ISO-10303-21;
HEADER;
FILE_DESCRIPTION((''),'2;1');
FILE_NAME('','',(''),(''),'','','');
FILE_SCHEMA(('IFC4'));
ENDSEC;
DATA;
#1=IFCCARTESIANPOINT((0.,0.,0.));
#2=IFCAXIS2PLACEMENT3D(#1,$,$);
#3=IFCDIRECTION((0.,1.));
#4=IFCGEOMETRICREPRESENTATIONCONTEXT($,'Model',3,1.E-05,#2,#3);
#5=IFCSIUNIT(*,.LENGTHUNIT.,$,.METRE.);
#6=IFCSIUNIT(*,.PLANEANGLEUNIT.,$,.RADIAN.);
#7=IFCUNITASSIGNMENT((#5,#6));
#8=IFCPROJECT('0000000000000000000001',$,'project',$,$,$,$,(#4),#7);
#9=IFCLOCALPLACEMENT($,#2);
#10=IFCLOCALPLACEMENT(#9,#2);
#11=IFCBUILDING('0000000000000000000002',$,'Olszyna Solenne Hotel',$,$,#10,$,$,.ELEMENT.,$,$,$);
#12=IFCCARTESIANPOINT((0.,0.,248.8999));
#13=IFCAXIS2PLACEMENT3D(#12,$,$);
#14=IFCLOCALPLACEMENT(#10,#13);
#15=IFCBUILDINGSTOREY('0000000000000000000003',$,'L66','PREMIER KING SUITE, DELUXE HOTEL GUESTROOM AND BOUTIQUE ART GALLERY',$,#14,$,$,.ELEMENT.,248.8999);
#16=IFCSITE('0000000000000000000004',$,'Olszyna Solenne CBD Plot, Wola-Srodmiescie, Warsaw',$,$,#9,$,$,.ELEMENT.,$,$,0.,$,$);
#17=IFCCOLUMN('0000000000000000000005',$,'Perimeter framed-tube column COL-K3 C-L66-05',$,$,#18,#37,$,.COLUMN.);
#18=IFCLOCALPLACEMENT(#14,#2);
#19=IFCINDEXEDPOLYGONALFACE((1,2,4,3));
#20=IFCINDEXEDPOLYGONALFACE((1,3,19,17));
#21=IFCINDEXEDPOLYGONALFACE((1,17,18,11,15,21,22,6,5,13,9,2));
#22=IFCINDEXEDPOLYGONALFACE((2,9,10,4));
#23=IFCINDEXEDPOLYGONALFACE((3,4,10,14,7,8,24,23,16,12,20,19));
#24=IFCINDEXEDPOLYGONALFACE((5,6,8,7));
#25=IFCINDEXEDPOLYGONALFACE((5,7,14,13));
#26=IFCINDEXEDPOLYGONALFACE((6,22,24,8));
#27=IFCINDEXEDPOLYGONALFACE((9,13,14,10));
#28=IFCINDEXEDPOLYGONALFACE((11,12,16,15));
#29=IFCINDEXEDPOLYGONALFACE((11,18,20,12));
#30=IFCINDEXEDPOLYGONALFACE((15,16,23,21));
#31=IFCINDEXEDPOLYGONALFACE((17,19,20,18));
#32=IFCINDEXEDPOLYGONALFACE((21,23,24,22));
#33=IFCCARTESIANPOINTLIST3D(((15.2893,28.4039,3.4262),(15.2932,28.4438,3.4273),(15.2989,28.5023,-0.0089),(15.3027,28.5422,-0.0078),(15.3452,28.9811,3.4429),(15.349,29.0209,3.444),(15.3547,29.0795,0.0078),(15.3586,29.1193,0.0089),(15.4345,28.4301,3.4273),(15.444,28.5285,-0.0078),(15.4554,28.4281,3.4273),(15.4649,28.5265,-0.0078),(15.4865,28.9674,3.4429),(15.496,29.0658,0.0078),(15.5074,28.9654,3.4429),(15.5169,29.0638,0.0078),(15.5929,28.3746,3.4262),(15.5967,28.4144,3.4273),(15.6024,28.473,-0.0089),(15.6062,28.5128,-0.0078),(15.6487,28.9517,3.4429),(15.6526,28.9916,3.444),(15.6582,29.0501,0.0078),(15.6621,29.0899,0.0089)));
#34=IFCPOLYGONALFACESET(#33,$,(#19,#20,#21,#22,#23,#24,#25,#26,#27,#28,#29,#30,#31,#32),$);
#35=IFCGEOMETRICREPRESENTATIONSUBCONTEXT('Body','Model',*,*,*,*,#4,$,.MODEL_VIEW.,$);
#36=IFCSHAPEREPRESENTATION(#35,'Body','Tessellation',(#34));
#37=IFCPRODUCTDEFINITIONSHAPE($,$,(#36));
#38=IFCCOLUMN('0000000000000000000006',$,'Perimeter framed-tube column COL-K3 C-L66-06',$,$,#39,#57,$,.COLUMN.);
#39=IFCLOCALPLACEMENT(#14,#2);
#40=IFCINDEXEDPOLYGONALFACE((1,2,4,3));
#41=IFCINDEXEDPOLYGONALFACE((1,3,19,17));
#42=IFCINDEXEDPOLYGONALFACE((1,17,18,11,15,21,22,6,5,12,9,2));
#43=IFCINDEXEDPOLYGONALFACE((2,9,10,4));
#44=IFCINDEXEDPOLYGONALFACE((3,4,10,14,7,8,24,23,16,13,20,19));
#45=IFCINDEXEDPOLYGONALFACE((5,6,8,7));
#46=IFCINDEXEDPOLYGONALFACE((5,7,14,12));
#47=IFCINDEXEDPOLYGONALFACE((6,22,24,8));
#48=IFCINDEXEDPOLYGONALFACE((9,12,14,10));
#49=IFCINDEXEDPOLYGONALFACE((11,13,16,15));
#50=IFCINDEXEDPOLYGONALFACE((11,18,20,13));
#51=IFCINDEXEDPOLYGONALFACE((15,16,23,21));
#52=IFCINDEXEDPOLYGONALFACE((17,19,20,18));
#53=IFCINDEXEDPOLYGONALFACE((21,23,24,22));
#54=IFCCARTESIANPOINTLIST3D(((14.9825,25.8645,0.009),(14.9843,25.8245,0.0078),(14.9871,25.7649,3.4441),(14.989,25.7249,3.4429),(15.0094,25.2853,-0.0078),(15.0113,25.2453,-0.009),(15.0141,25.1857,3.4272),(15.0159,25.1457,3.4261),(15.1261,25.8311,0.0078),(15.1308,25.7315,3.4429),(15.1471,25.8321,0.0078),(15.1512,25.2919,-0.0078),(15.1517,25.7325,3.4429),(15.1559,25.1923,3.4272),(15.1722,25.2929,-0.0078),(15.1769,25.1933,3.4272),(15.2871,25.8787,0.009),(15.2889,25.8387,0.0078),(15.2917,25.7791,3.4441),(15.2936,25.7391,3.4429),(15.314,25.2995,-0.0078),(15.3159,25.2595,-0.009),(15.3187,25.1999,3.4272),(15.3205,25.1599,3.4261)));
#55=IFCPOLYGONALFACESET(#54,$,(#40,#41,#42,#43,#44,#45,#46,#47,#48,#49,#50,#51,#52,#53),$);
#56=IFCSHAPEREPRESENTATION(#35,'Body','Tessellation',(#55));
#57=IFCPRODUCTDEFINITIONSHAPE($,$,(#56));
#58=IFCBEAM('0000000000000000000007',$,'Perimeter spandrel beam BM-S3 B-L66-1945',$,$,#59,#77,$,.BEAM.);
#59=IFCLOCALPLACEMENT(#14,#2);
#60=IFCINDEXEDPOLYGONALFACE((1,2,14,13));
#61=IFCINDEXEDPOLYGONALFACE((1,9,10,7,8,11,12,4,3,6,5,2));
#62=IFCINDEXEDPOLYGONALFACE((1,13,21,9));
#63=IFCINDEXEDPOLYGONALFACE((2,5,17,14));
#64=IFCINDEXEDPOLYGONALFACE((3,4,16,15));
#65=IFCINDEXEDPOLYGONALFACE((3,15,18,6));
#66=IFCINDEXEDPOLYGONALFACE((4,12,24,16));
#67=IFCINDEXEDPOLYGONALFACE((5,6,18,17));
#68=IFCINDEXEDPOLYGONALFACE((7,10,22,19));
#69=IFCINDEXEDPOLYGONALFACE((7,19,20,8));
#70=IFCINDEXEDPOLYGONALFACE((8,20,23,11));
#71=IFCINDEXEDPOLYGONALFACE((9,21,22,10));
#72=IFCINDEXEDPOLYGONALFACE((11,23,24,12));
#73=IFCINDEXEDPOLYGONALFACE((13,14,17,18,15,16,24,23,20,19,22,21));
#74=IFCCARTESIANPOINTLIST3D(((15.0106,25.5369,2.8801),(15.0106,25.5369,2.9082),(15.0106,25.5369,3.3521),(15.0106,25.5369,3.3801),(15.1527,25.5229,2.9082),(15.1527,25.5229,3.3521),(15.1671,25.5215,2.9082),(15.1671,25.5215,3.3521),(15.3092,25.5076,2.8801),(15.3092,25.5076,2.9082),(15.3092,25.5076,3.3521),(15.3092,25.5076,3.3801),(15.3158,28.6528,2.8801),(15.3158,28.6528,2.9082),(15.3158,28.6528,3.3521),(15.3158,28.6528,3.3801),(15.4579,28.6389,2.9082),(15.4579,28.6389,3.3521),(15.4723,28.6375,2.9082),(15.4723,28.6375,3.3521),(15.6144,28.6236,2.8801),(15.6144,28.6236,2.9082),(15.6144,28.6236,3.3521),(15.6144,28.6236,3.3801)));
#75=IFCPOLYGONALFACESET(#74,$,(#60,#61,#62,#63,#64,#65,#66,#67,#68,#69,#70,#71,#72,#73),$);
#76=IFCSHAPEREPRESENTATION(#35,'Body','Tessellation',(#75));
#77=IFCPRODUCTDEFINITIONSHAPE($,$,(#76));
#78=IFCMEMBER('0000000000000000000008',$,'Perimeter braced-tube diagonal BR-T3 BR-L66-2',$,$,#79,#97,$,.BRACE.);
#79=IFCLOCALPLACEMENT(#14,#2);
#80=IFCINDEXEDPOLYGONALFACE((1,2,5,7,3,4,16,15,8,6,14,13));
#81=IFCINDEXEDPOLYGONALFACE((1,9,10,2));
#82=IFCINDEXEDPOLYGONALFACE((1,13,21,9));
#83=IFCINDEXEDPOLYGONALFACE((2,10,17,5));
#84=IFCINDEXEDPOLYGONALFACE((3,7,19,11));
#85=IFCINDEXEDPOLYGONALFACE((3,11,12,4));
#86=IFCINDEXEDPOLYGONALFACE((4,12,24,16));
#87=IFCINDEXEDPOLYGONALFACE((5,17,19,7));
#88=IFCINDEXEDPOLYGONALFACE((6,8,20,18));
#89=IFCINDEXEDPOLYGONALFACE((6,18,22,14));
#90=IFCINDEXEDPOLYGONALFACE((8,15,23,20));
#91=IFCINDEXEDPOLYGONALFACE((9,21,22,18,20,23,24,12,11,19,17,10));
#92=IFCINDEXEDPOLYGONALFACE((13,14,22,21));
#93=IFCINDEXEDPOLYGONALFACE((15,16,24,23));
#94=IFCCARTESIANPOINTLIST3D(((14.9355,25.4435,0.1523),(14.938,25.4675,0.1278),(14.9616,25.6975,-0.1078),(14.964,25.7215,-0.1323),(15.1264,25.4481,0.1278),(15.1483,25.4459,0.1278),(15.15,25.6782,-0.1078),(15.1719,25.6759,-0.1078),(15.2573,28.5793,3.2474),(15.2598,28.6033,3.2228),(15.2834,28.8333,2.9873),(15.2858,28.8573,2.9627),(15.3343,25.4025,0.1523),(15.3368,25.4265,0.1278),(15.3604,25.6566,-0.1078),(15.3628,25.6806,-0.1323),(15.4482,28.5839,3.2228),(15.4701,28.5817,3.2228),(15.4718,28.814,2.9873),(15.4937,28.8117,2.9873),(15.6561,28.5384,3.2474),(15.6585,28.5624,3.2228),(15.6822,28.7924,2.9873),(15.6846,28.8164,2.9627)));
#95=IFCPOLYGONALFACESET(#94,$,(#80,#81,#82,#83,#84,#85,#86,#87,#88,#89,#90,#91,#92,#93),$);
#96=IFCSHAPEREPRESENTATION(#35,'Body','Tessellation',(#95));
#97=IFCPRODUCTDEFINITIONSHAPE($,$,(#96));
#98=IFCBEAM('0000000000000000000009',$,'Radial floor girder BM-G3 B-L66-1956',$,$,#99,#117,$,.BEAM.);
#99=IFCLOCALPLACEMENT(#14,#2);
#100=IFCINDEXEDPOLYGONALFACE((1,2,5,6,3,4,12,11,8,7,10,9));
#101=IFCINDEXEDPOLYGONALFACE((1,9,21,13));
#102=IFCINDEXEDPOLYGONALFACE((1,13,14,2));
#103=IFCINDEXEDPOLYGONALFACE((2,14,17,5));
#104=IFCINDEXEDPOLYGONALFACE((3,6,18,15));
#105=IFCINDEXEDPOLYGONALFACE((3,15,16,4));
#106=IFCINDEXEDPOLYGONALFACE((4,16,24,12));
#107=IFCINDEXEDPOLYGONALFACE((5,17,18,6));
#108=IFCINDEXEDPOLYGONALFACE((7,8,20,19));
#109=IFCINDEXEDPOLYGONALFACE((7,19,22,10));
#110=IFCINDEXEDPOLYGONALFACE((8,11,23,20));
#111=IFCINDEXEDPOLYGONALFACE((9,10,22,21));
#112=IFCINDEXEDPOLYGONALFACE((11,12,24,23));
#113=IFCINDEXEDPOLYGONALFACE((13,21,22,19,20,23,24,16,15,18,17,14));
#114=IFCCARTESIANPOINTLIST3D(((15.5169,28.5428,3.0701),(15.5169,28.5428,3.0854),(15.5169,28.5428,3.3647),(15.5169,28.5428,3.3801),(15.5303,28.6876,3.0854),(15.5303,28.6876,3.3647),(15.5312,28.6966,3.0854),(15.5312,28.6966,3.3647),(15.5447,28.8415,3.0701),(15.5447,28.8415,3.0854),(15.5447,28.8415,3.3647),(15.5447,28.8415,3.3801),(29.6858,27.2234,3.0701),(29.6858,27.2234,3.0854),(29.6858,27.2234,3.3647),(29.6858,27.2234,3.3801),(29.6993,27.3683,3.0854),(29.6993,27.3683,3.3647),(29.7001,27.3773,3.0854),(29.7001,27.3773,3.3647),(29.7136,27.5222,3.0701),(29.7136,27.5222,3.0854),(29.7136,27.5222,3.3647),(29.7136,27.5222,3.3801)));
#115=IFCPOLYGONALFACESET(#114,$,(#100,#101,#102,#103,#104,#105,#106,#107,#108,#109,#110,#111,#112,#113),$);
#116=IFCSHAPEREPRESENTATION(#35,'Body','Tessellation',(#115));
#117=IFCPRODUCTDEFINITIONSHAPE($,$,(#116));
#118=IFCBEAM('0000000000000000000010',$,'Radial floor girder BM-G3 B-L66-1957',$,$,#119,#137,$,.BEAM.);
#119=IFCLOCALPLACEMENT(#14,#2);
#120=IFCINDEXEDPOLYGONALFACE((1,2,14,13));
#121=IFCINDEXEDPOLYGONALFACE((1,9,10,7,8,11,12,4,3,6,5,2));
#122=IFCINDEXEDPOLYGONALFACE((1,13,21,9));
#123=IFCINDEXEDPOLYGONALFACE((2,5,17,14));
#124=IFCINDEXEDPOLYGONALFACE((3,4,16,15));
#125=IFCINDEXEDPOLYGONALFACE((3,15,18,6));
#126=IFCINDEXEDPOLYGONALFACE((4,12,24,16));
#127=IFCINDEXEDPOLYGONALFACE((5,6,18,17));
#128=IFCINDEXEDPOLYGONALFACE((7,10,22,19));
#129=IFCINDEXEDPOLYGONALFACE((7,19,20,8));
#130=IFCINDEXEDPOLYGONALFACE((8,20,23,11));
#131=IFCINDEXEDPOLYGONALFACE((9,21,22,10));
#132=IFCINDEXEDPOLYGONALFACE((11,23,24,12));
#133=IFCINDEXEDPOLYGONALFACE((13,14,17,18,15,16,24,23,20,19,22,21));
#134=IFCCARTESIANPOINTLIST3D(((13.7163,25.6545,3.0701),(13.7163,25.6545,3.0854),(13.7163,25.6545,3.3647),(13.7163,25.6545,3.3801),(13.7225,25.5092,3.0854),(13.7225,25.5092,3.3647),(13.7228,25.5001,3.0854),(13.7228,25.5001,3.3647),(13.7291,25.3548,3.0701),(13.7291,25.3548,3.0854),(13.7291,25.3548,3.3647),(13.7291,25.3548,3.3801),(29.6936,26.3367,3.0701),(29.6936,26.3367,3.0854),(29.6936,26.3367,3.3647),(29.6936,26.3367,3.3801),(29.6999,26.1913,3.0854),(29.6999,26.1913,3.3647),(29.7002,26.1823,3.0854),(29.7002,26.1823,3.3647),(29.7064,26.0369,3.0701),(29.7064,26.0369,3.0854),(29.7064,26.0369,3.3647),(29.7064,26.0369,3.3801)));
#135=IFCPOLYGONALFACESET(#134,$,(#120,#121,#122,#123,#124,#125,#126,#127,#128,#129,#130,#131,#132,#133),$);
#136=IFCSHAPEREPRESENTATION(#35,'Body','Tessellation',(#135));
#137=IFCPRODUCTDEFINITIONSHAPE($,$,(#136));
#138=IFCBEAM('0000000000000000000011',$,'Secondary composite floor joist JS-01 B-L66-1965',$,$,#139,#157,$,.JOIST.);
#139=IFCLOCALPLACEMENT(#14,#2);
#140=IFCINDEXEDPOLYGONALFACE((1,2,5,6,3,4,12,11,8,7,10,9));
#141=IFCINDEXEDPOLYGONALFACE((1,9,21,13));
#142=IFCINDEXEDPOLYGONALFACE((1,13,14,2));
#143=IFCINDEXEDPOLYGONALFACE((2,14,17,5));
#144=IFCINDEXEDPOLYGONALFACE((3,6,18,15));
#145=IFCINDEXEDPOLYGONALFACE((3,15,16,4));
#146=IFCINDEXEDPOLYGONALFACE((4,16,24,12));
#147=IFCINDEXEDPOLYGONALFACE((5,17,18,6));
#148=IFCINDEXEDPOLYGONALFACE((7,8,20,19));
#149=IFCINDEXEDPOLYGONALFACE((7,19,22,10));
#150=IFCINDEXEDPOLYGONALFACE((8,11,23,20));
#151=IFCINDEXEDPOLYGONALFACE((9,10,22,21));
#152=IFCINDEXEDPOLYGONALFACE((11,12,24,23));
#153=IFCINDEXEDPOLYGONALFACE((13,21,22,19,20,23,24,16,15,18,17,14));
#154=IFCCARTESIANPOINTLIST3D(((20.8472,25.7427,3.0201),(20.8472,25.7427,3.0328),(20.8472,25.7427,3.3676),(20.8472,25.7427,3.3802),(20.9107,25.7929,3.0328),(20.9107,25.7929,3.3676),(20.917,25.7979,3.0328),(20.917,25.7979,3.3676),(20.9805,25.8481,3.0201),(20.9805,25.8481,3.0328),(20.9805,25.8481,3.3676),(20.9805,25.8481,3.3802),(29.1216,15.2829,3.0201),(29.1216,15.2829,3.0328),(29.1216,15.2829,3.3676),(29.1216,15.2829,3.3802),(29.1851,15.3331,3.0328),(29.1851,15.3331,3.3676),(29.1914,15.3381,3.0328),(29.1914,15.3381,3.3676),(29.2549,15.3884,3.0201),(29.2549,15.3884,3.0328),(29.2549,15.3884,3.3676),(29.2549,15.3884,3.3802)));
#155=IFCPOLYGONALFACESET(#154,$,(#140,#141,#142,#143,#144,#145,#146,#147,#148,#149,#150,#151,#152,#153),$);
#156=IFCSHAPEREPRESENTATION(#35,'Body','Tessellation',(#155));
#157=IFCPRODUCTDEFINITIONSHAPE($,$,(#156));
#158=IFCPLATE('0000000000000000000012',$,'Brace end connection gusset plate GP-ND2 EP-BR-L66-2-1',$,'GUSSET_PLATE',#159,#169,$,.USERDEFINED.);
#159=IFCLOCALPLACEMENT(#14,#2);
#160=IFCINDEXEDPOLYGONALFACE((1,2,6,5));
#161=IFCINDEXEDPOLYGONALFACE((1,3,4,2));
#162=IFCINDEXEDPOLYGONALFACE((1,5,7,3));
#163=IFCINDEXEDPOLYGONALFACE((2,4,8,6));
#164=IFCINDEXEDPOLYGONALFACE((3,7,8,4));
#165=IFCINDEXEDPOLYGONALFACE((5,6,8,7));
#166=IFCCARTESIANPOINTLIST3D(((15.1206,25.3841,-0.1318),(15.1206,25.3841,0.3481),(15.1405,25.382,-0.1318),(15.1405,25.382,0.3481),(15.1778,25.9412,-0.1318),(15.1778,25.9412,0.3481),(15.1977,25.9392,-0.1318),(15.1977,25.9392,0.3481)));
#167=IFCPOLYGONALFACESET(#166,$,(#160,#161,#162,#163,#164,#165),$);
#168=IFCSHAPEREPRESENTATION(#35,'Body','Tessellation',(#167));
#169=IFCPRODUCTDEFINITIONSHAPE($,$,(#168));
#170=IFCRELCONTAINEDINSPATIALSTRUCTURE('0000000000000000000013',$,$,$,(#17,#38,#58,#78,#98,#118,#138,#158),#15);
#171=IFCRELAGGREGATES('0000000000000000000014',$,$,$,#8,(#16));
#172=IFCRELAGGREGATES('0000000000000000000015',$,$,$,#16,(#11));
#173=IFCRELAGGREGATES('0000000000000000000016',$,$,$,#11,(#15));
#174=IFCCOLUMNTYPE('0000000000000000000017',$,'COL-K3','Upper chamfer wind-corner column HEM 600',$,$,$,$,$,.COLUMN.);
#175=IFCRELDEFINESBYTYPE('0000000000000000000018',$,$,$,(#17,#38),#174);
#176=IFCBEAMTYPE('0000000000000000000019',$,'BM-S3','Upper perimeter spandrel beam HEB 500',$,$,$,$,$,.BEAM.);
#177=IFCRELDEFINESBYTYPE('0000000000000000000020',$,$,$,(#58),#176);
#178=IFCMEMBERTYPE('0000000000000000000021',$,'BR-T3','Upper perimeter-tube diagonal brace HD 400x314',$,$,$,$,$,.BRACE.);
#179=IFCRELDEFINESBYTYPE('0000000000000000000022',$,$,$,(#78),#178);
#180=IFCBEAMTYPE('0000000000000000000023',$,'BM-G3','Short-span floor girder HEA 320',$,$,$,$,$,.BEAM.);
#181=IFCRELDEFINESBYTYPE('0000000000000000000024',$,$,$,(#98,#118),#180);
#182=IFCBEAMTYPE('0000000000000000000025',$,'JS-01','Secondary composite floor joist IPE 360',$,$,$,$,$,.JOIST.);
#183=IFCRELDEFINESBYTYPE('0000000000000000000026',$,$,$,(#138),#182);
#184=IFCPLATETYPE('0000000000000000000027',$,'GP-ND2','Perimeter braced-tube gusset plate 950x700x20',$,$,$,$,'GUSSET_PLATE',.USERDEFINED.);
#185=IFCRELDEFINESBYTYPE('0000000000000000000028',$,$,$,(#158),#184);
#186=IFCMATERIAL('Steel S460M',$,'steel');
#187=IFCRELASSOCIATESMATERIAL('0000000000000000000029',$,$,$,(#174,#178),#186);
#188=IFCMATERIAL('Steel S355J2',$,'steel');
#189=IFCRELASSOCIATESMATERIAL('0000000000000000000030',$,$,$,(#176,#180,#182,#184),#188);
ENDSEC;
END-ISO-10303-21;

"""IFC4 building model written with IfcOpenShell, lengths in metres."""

from ifc_helpers import new_model, si_unit, direction, frame, origin, origin_2d, place, context, subcontext, project, spatial, rectangle, i_section, extrude, source, transform, mapped, material, material_profile, profile_set, type_object, element, save


model = new_model("IFC4")

# Units and contexts
model_context = context("Model", 3, precision=1e-05, world=origin(), true_north=direction((0.0, 1.0)))
body_context = subcontext(model_context, "Body", "Model", "MODEL_VIEW")
ifc_project = project(units=[si_unit("LENGTHUNIT", "METRE"), si_unit("PLANEANGLEUNIT", "RADIAN")], contexts=[model_context])

# Site, building, storey
site_placement = place(None, origin())
site = spatial("IfcSite", under=ifc_project, at=site_placement, Name="Olszyna Solenne CBD Plot, Wola-Srodmiescie, Warsaw", CompositionType="ELEMENT", RefElevation=0.0)
building_placement = place(site_placement, origin())
building = spatial("IfcBuilding", under=site, at=building_placement, Name="Olszyna Solenne Hotel", CompositionType="ELEMENT")
storey_placement = place(building_placement, frame((0.0, 0.0, 248.8999)))
storey = spatial("IfcBuildingStorey", under=building, at=storey_placement, Name="L66", Description="PREMIER KING SUITE, DELUXE HOTEL GUESTROOM AND BOUTIQUE ART GALLERY", CompositionType="ELEMENT", Elevation=248.8999)

# Columns
ifc_material_1 = material(Name="Steel S460M", Category="steel")
ifc_material_profile_1 = material_profile(ifc_material_1, i_section(OverallWidth=0.3049, OverallDepth=0.6201, WebThickness=0.021, FlangeThickness=0.04, at=origin_2d()), Name="HEM 600", Category="load-bearing")
ifc_profile_set_1 = profile_set([ifc_material_profile_1], Name="Steel S460M")
column_type = type_object("IfcColumnType", Name="COL-K3", Description="Upper chamfer wind-corner column HEM 600", PredefinedType="COLUMN", material=ifc_profile_set_1)
shared_shape_1 = source(origin(), body_context, "Body", "SweptSolid", [
    extrude(i_section(OverallWidth=0.3049, OverallDepth=0.6201, WebThickness=0.021, FlangeThickness=0.04, at=origin_2d()), origin(), (0.0, 0.0, 1.0), 3.4365),
])
for number, where, z_axis, x_axis, name in (
    (1, (15.4805, 28.7961, 0.0), (-0.002771, -0.028631, 0.999586), (0.99535, -0.096324, 0.0), "Perimeter framed-tube column COL-K3 C-L66-05"),
    (2, (15.1492, 25.562, 0.0), (0.00135, -0.028986, 0.999579), (0.998917, 0.046518, 0.0), "Perimeter framed-tube column COL-K3 C-L66-06"),
):
    element("IfcColumn", number, at=place(storey_placement, frame(where, z_axis=z_axis, x_axis=x_axis)), inside=storey, type_object=column_type, Name=name, PredefinedType="COLUMN", context=body_context, shape_type="MappedRepresentation", body=[
        mapped(shared_shape_1, transform((0.0, 0.0, 0.0), x_axis=(1.0, 0.0, 0.0), y_axis=(0.0, 1.0, 0.0), z_axis=(0.0, 0.0, 1.0), scale=1.0)),
    ])

# Beam
ifc_material_2 = material(Name="Steel S355J2", Category="steel")
ifc_material_profile_2 = material_profile(ifc_material_2, i_section(OverallWidth=0.3, OverallDepth=0.5, WebThickness=0.0144, FlangeThickness=0.0281, at=origin_2d()), Name="HEB 500", Category="load-bearing")
ifc_profile_set_2 = profile_set([ifc_material_profile_2], Name="Steel S355J2")
beam_type_1 = type_object("IfcBeamType", Name="BM-S3", Description="Upper perimeter spandrel beam HEB 500", PredefinedType="BEAM", material=ifc_profile_set_2)
shared_shape_2 = source(origin(), body_context, "Body", "SweptSolid", [
    extrude(i_section(OverallWidth=0.3, OverallDepth=0.5, WebThickness=0.0144, FlangeThickness=0.0281, at=origin_2d()), origin(), (0.0, 0.0, 1.0), 3.1309),
])
beam_1_placement = place(storey_placement, frame((15.4651, 28.6382, 3.1301), z_axis=(-0.097473, -0.995238, 0.0), x_axis=(0.995238, -0.097473, 0.0)))
element("IfcBeam", 3, at=beam_1_placement, inside=storey, type_object=beam_type_1, Name="Perimeter spandrel beam BM-S3 B-L66-1945", PredefinedType="BEAM", context=body_context, shape_type="MappedRepresentation", body=[
    mapped(shared_shape_2, transform((0.0, 0.0, 0.0), x_axis=(1.0, 0.0, 0.0), y_axis=(0.0, 1.0, 0.0), z_axis=(0.0, 0.0, 1.0), scale=1.0)),
])

# Member
ifc_material_profile_3 = material_profile(ifc_material_1, i_section(OverallWidth=0.4009, OverallDepth=0.3989, WebThickness=0.022, FlangeThickness=0.0344, at=origin_2d()), Name="HD 400x314", Category="load-bearing")
ifc_profile_set_3 = profile_set([ifc_material_profile_3], Name="Steel S460M")
member_type = type_object("IfcMemberType", Name="BR-T3", Description="Upper perimeter-tube diagonal brace HD 400x314", PredefinedType="BRACE", material=ifc_profile_set_3)
shared_shape_3 = source(origin(), body_context, "Body", "SweptSolid", [
    extrude(i_section(OverallWidth=0.4009, OverallDepth=0.3989, WebThickness=0.022, FlangeThickness=0.0344, at=origin_2d()), origin(), (0.0, 0.0, 1.0), 4.4177),
])
member_placement = place(storey_placement, frame((15.1492, 25.562, 0.01), z_axis=(0.07284, 0.709828, 0.700599), x_axis=(-0.994776, 0.10208, 0.0)))
element("IfcMember", 4, at=member_placement, inside=storey, type_object=member_type, Name="Perimeter braced-tube diagonal BR-T3 BR-L66-2", PredefinedType="BRACE", context=body_context, shape_type="MappedRepresentation", body=[
    mapped(shared_shape_3, transform((0.0, 0.0, 0.0), x_axis=(1.0, 0.0, 0.0), y_axis=(0.0, 1.0, 0.0), z_axis=(0.0, 0.0, 1.0), scale=1.0)),
])

# Beams
ifc_material_profile_4 = material_profile(ifc_material_2, i_section(OverallWidth=0.3, OverallDepth=0.3101, WebThickness=0.009, FlangeThickness=0.0154, at=origin_2d()), Name="HEA 320", Category="load-bearing")
ifc_profile_set_4 = profile_set([ifc_material_profile_4], Name="Steel S355J2")
beam_type_2 = type_object("IfcBeamType", Name="BM-G3", Description="Short-span floor girder HEA 320", PredefinedType="BEAM", material=ifc_profile_set_4)
shared_shape_4 = source(origin(), body_context, "Body", "SweptSolid", [
    extrude(i_section(OverallWidth=0.3, OverallDepth=0.3101, WebThickness=0.009, FlangeThickness=0.0154, at=origin_2d()), origin(), (0.0, 0.0, 1.0), 14.2302),
])
beam_2_placement = place(storey_placement, frame((15.5308, 28.6921, 3.2251), z_axis=(0.995693, -0.092714, 0.0), x_axis=(0.092714, 0.995693, 0.0)))
element("IfcBeam", 5, at=beam_2_placement, inside=storey, type_object=beam_type_2, Name="Radial floor girder BM-G3 B-L66-1956", PredefinedType="BEAM", context=body_context, shape_type="MappedRepresentation", body=[
    mapped(shared_shape_4, transform((0.0, 0.0, 0.0), x_axis=(1.0, 0.0, 0.0), y_axis=(0.0, 1.0, 0.0), z_axis=(0.0, 0.0, 1.0), scale=1.0)),
])
shared_shape_5 = source(origin(), body_context, "Body", "SweptSolid", [
    extrude(i_section(OverallWidth=0.3, OverallDepth=0.3101, WebThickness=0.009, FlangeThickness=0.0154, at=origin_2d()), origin(), (0.0, 0.0, 1.0), 15.9919),
])
beam_3_placement = place(storey_placement, frame((13.7227, 25.5046, 3.2251), z_axis=(0.99909, 0.042655, 0.0), x_axis=(-0.042655, 0.99909, 0.0)))
element("IfcBeam", 6, at=beam_3_placement, inside=storey, type_object=beam_type_2, Name="Radial floor girder BM-G3 B-L66-1957", PredefinedType="BEAM", context=body_context, shape_type="MappedRepresentation", body=[
    mapped(shared_shape_5, transform((0.0, 0.0, 0.0), x_axis=(1.0, 0.0, 0.0), y_axis=(0.0, 1.0, 0.0), z_axis=(0.0, 0.0, 1.0), scale=1.0)),
])
ifc_material_profile_5 = material_profile(ifc_material_2, i_section(OverallWidth=0.1699, OverallDepth=0.3601, WebThickness=0.0081, FlangeThickness=0.0127, at=origin_2d()), Name="IPE 360", Category="load-bearing")
ifc_profile_set_5 = profile_set([ifc_material_profile_5], Name="Steel S355J2")
beam_type_3 = type_object("IfcBeamType", Name="JS-01", Description="Secondary composite floor joist IPE 360", PredefinedType="JOIST", material=ifc_profile_set_5)
shared_shape_6 = source(origin(), body_context, "Body", "SweptSolid", [
    extrude(i_section(OverallWidth=0.1699, OverallDepth=0.3601, WebThickness=0.0081, FlangeThickness=0.0127, at=origin_2d()), origin(), (0.0, 0.0, 1.0), 13.3369),
])
beam_4_placement = place(storey_placement, frame((20.9138, 25.7954, 3.2002), z_axis=(0.620417, -0.784272, 0.0), x_axis=(0.784272, 0.620417, 0.0)))
element("IfcBeam", 7, at=beam_4_placement, inside=storey, type_object=beam_type_3, Name="Secondary composite floor joist JS-01 B-L66-1965", PredefinedType="JOIST", context=body_context, shape_type="MappedRepresentation", body=[
    mapped(shared_shape_6, transform((0.0, 0.0, 0.0), x_axis=(1.0, 0.0, 0.0), y_axis=(0.0, 1.0, 0.0), z_axis=(0.0, 0.0, 1.0), scale=1.0)),
])

# Plate
plate_type = type_object("IfcPlateType", Name="GP-ND2", Description="Perimeter braced-tube gusset plate 950x700x20", ElementType="GUSSET_PLATE", PredefinedType="USERDEFINED", material=ifc_material_2)
shared_shape_7 = source(origin(), body_context, "Body", "SweptSolid", [
    extrude(rectangle(XDim=0.5601, YDim=0.02, at=origin_2d()), origin(), (0.0, 0.0, 1.0), 0.48),
])
for number, where, z_axis, x_axis, name in (
    (8, (15.1592, 25.6616, -0.1318), (0.0, 0.0, 1.0), (0.102098, 0.994774, 0.0), "Brace end connection gusset plate GP-ND2 EP-BR-L66-2-1"),
):
    element("IfcPlate", number, at=place(storey_placement, frame(where, z_axis=z_axis, x_axis=x_axis)), inside=storey, type_object=plate_type, Name=name, ObjectType="GUSSET_PLATE", PredefinedType="USERDEFINED", context=body_context, shape_type="MappedRepresentation", body=[
        mapped(shared_shape_7, transform((0.0, 0.0, 0.0), x_axis=(1.0, 0.0, 0.0), y_axis=(0.0, 1.0, 0.0), z_axis=(0.0, 0.0, 1.0), scale=1.0)),
    ])

save(model, "model.ifc")
